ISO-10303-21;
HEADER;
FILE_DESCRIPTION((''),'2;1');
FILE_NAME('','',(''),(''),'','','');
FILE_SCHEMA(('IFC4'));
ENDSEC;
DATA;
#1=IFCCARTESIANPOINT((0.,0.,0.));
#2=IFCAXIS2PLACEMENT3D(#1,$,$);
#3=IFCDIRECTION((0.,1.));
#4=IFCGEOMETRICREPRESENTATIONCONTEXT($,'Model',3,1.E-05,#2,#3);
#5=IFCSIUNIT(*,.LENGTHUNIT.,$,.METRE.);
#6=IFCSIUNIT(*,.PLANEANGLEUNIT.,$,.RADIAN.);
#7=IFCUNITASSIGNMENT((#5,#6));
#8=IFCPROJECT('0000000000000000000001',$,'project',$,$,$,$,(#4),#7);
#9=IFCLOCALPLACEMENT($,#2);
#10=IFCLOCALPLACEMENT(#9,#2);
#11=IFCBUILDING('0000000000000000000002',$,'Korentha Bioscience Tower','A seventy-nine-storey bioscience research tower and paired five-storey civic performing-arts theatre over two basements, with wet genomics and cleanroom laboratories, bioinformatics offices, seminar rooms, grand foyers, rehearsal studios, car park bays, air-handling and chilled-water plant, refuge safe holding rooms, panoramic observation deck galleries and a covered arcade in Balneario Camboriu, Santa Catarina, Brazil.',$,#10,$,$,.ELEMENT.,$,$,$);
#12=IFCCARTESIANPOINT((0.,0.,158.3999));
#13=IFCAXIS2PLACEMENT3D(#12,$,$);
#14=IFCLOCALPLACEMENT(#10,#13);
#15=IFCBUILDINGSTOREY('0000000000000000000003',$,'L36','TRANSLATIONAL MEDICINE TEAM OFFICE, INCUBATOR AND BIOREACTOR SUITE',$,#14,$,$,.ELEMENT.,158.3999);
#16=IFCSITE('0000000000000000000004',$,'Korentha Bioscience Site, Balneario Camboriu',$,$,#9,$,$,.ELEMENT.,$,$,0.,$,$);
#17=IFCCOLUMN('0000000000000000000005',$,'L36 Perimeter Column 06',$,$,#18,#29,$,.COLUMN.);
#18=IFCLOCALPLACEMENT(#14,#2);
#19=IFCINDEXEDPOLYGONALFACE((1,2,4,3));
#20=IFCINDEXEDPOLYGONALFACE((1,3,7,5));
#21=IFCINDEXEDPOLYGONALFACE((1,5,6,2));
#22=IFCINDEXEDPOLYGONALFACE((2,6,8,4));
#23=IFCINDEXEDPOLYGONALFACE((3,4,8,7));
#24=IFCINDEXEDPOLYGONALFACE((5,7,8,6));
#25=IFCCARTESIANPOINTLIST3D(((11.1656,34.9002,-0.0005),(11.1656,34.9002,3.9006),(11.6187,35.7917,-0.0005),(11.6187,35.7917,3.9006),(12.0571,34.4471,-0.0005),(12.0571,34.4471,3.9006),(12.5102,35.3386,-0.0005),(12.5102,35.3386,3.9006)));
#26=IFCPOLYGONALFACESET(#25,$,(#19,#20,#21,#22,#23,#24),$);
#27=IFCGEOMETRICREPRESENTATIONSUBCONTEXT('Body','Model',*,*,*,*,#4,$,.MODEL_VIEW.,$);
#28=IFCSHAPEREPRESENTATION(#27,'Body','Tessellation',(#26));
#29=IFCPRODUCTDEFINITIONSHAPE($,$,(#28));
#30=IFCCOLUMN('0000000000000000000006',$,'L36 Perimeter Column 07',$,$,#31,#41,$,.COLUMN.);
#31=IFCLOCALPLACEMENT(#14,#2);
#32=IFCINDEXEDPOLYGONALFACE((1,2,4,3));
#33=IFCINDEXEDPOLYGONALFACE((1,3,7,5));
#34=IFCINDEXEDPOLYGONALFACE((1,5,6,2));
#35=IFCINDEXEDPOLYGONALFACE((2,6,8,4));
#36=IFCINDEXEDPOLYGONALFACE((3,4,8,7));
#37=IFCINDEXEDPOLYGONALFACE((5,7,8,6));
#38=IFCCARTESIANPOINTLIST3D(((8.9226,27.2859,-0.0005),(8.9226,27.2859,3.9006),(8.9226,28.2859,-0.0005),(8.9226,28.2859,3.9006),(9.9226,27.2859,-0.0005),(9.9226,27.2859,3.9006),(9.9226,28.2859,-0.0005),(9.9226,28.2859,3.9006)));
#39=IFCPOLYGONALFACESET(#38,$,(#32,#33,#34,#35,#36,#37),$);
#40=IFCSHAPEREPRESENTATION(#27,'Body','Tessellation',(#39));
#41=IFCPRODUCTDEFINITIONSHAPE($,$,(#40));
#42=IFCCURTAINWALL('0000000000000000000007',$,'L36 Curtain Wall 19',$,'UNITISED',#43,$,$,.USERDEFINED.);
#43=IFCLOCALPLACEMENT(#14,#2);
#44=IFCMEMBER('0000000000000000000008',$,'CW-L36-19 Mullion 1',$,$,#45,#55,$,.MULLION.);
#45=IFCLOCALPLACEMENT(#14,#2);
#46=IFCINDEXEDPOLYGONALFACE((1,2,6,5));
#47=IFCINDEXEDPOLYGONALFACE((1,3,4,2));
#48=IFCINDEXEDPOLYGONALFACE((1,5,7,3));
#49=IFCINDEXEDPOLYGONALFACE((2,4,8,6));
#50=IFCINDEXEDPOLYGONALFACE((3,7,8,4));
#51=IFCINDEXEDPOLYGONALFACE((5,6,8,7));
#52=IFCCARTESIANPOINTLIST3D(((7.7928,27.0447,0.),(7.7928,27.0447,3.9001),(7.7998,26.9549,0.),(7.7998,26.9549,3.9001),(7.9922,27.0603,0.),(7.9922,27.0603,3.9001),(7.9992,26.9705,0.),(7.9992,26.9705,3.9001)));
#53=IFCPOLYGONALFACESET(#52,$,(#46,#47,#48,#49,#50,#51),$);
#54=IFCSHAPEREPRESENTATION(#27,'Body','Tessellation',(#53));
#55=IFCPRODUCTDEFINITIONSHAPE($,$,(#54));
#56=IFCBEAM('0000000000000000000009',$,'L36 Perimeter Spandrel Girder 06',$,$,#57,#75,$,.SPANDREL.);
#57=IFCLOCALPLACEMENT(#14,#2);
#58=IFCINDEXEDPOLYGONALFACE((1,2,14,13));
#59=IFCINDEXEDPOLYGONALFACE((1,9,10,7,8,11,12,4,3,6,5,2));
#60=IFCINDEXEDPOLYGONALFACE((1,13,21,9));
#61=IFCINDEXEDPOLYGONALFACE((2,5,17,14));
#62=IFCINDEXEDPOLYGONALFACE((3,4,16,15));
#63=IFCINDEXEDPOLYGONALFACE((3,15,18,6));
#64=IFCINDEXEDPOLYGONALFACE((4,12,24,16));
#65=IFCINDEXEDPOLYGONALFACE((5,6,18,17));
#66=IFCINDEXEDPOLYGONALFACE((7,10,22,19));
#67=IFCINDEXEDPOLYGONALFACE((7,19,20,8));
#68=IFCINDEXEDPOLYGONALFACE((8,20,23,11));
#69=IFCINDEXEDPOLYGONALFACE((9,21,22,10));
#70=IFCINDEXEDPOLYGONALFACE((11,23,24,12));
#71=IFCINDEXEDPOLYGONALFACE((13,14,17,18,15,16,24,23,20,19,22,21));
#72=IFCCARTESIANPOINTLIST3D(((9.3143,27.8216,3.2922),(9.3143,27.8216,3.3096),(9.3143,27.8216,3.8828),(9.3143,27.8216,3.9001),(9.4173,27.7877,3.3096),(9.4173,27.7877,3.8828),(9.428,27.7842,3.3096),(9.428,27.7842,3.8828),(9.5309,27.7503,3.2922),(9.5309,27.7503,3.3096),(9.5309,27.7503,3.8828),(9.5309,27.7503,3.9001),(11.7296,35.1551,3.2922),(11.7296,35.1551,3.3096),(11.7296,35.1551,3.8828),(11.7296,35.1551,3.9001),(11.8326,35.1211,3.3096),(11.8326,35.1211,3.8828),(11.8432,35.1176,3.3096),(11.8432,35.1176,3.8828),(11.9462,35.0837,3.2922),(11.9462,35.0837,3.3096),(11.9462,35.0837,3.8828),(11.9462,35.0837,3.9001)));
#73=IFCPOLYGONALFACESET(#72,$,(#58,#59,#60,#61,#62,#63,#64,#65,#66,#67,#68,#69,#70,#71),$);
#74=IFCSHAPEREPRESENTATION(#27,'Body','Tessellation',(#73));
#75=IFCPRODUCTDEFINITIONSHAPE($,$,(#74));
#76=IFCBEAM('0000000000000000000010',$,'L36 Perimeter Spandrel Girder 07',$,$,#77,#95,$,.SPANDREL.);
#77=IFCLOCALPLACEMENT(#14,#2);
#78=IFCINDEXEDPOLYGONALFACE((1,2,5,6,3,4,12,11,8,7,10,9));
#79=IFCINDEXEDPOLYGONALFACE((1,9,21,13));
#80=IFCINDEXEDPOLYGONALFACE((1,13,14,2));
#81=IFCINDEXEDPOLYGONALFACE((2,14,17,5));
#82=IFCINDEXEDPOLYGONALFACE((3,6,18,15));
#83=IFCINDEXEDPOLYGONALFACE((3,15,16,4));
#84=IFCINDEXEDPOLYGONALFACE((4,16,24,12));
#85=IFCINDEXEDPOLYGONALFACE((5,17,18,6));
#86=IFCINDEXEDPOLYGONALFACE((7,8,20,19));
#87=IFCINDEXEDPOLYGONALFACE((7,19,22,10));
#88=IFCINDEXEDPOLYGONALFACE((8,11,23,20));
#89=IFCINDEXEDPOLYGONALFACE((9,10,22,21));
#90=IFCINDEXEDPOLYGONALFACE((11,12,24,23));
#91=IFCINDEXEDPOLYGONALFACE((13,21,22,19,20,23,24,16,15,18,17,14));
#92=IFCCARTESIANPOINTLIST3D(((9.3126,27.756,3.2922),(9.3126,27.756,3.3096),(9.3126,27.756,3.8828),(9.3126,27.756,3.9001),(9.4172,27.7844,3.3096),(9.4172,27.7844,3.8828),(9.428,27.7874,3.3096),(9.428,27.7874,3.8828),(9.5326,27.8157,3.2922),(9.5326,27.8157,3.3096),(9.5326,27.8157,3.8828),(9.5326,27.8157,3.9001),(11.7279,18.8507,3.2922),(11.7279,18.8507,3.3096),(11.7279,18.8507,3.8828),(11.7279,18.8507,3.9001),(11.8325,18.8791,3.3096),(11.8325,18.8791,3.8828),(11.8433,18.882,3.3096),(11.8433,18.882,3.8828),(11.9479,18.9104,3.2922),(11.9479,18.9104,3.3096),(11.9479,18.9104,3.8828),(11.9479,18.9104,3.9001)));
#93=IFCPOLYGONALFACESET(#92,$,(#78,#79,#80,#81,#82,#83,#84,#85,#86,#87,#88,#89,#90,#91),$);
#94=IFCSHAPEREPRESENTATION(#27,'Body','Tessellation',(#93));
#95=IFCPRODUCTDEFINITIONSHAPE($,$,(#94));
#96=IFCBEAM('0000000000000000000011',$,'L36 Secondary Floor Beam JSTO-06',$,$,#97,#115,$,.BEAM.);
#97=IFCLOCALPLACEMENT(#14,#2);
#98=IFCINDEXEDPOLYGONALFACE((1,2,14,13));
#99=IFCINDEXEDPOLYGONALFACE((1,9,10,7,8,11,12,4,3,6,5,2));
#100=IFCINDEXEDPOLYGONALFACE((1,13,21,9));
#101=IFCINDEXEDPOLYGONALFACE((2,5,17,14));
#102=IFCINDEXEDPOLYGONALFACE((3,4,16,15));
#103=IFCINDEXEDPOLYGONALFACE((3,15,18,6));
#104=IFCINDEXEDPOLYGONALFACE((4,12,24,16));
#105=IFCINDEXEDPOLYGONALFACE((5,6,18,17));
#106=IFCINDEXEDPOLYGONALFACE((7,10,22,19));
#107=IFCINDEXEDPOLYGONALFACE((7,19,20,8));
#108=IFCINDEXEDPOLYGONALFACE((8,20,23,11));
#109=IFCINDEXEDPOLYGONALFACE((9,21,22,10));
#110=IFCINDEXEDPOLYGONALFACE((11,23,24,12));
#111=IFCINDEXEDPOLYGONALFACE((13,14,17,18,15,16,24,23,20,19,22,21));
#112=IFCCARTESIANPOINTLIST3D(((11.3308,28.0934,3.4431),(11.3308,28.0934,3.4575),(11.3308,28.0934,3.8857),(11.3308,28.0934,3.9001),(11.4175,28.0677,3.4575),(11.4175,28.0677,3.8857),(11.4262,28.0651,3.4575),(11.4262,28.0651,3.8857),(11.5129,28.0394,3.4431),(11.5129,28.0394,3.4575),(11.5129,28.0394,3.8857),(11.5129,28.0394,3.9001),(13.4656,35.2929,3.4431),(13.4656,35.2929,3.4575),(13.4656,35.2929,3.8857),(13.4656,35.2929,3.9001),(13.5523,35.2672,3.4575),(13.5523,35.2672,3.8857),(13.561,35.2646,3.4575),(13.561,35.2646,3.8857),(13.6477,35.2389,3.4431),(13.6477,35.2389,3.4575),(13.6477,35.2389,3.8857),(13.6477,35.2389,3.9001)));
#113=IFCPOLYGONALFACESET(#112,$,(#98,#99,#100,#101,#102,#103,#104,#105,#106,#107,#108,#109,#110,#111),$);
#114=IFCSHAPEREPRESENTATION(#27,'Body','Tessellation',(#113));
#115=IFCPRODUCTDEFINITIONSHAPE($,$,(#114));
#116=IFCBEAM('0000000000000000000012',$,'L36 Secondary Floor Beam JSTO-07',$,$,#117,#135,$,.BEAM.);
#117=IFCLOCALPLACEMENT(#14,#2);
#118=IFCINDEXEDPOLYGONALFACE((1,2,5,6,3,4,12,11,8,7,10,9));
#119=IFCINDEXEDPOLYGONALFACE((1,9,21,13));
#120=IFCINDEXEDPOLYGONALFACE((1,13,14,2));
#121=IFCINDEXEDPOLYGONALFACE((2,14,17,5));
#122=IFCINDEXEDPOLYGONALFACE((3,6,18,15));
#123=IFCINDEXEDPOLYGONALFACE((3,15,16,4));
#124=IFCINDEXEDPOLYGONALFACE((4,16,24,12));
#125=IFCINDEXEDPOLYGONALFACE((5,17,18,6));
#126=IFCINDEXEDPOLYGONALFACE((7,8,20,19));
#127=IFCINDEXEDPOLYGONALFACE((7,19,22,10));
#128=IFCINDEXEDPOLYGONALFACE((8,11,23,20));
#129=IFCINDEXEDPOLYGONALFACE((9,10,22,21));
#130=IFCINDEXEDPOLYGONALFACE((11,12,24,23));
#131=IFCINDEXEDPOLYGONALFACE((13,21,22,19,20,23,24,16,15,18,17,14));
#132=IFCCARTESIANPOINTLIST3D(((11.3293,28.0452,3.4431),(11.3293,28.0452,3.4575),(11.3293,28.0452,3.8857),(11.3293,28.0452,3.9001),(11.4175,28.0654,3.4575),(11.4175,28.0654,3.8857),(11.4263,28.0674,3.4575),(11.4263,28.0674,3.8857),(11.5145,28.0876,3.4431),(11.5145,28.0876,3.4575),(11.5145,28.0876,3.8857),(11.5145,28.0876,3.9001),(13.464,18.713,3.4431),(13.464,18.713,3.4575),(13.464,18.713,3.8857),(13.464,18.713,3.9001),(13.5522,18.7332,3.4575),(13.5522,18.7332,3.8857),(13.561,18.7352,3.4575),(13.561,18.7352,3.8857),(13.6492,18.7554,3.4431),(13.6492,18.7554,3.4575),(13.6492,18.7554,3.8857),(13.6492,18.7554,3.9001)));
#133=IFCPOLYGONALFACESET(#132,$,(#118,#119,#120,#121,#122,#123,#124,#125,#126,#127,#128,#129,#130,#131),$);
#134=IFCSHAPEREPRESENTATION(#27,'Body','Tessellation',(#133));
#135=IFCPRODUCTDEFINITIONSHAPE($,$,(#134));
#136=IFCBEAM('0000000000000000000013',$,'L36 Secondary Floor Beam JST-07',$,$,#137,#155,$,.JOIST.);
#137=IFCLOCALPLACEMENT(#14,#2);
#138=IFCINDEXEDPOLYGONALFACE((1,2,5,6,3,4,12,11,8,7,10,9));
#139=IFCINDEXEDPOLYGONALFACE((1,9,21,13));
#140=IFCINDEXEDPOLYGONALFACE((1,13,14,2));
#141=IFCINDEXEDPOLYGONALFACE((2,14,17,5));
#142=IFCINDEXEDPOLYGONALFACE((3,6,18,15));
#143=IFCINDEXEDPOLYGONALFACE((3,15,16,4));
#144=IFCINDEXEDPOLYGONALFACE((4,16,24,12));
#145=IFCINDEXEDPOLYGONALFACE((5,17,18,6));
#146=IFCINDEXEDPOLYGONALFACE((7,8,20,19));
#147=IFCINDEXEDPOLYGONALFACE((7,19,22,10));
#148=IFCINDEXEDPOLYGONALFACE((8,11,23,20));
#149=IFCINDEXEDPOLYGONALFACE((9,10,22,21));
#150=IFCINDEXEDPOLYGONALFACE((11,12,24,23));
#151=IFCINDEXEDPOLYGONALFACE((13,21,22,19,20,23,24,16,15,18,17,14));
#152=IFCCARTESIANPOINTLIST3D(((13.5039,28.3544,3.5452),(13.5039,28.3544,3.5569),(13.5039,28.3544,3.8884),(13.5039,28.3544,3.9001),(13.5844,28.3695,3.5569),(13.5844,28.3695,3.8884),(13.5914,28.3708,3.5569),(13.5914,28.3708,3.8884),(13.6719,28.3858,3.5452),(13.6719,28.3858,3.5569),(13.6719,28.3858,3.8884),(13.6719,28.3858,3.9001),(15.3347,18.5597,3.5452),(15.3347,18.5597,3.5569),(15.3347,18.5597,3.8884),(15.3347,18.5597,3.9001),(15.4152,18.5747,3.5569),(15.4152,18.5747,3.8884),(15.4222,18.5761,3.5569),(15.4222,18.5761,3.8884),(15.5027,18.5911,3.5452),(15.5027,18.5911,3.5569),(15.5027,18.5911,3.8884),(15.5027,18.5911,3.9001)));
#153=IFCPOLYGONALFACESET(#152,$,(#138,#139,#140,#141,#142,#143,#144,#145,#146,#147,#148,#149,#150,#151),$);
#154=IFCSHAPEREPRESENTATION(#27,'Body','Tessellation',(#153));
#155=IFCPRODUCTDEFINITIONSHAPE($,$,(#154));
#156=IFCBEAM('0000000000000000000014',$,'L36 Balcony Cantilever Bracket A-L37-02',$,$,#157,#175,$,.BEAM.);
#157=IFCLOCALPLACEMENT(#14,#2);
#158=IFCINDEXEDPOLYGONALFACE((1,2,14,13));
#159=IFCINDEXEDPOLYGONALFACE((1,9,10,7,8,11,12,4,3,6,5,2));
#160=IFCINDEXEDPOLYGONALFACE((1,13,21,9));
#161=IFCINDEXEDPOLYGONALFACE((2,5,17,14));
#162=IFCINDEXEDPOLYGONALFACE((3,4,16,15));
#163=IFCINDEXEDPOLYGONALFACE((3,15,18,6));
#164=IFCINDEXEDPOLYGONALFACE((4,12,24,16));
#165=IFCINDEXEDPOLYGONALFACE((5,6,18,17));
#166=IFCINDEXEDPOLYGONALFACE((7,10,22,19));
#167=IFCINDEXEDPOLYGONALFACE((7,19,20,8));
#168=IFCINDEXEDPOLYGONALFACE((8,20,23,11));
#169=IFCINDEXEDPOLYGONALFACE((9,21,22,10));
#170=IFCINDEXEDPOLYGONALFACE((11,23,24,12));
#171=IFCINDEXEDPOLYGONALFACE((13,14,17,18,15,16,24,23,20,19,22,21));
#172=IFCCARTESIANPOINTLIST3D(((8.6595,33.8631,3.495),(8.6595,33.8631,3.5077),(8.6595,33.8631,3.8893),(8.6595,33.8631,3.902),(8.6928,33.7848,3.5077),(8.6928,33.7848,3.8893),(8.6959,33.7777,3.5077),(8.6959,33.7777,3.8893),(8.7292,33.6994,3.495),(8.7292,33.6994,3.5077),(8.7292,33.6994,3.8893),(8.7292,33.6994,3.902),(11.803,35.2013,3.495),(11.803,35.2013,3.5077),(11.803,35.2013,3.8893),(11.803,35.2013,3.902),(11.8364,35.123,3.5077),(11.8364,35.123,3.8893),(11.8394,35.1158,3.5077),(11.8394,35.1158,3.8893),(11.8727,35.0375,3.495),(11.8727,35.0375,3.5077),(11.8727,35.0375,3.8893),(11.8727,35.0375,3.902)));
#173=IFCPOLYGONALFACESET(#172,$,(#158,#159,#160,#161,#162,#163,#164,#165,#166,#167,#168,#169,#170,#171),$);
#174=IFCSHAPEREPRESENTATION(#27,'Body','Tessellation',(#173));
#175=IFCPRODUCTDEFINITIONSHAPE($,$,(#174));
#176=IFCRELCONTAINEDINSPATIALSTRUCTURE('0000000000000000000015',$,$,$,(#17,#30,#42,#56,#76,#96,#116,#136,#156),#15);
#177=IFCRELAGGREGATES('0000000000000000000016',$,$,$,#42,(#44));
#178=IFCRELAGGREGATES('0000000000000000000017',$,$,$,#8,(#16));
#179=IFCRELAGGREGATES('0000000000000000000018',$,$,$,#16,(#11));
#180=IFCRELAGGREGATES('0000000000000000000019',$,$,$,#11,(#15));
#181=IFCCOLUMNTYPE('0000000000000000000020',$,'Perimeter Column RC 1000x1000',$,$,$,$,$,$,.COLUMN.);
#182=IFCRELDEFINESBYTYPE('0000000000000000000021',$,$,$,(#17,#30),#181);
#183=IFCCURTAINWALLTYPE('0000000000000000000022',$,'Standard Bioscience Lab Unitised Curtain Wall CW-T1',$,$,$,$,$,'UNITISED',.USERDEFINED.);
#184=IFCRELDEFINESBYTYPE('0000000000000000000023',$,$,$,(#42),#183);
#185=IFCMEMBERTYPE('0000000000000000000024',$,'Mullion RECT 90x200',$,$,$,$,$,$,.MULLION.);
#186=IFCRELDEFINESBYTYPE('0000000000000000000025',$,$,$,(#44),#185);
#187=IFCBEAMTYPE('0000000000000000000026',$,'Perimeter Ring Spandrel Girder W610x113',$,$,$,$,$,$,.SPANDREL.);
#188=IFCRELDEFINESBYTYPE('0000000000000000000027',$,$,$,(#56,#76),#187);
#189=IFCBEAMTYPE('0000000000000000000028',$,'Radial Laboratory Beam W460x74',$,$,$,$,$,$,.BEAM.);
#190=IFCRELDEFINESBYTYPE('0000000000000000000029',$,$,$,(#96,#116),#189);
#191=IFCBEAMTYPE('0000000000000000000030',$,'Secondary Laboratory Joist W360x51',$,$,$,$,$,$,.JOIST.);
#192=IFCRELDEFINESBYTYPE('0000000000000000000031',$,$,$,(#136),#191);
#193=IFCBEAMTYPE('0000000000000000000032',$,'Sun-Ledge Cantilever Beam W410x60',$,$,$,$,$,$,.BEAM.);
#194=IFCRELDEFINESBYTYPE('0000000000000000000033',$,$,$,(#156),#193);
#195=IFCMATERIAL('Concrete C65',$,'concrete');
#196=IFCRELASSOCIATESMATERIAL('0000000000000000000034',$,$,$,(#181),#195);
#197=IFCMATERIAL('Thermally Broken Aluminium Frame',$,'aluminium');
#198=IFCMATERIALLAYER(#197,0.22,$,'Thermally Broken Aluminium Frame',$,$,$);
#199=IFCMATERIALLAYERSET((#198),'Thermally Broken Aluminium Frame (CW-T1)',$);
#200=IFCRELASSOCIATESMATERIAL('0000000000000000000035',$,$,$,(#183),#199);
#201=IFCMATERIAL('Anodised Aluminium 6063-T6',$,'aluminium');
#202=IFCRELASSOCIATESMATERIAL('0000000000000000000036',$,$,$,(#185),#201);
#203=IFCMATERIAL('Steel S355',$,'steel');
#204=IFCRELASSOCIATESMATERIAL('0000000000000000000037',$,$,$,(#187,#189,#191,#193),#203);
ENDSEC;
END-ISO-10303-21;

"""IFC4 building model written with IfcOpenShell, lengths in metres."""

from ifc_helpers import new_model, si_unit, direction, frame, origin, origin_2d, place, context, subcontext, project, spatial, rectangle, i_section, extrude, material, layer, layer_set, material_profile, profile_set, type_object, element, aggregate, save


model = new_model("IFC4")

# Units and contexts
model_context = context("Model", 3, precision=1e-05, world=origin(), true_north=direction((0.0, 1.0)))
body_context = subcontext(model_context, "Body", "Model", "MODEL_VIEW")
ifc_project = project(units=[si_unit("LENGTHUNIT", "METRE"), si_unit("PLANEANGLEUNIT", "RADIAN")], contexts=[model_context])

# Site, building, storey
site_placement = place(None, origin())
site = spatial("IfcSite", under=ifc_project, at=site_placement, Name="Korentha Bioscience Site, Balneario Camboriu", CompositionType="ELEMENT", RefElevation=0.0)
building_placement = place(site_placement, origin())
building = spatial("IfcBuilding", under=site, at=building_placement, Name="Korentha Bioscience Tower", Description="A seventy-nine-storey bioscience research tower and paired five-storey civic performing-arts theatre over two basements, with wet genomics and cleanroom laboratories, bioinformatics offices, seminar rooms, grand foyers, rehearsal studios, car park bays, air-handling and chilled-water plant, refuge safe holding rooms, panoramic observation deck galleries and a covered arcade in Balneario Camboriu, Santa Catarina, Brazil.", CompositionType="ELEMENT")
storey_placement = place(building_placement, frame((0.0, 0.0, 158.3999)))
storey = spatial("IfcBuildingStorey", under=building, at=storey_placement, Name="L36", Description="TRANSLATIONAL MEDICINE TEAM OFFICE, INCUBATOR AND BIOREACTOR SUITE", CompositionType="ELEMENT", Elevation=158.3999)

# Columns
ifc_material_1 = material(Name="Concrete C65", Category="concrete")
ifc_material_profile_1 = material_profile(ifc_material_1, rectangle(XDim=1.0, YDim=1.0, at=origin_2d()), Name="Concrete C65")
ifc_profile_set_1 = profile_set([ifc_material_profile_1], Name="Concrete C65 (COL-P10)")
column_type = type_object("IfcColumnType", Name="Perimeter Column RC 1000x1000", PredefinedType="COLUMN", material=ifc_profile_set_1)
for number, where, z_axis, x_axis, name in (
    (1, (11.8379, 35.1194, -0.0005), (0.0, 0.0, 1.0), (0.453057, 0.891481, 0.0), "L36 Perimeter Column 06"),
    (2, (9.4226, 27.7859, -0.0005), (0.0, 0.0, 1.0), (0.0, 1.0, 0.0), "L36 Perimeter Column 07"),
):
    element("IfcColumn", number, at=place(storey_placement, frame(where, z_axis=z_axis, x_axis=x_axis)), inside=storey, type_object=column_type, Name=name, PredefinedType="COLUMN", context=body_context, shape_type="SweptSolid", body=[
        extrude(rectangle(XDim=1.0, YDim=1.0, at=origin_2d()), origin(), (0.0, 0.0, 1.0), 3.9011),
    ])

# Curtain wall, member
ifc_material_2 = material(Name="Thermally Broken Aluminium Frame", Category="aluminium")
ifc_layer_1 = layer(ifc_material_2, 0.22, Name="Thermally Broken Aluminium Frame")
ifc_layer_set_1 = layer_set([ifc_layer_1], Name="Thermally Broken Aluminium Frame (CW-T1)")
curtain_wall_type = type_object("IfcCurtainWallType", Name="Standard Bioscience Lab Unitised Curtain Wall CW-T1", ElementType="UNITISED", PredefinedType="USERDEFINED", material=ifc_layer_set_1)
curtain_wall_placement = place(storey_placement, origin())
curtain_wall = element("IfcCurtainWall", 3, at=curtain_wall_placement, inside=storey, type_object=curtain_wall_type, Name="L36 Curtain Wall 19", ObjectType="UNITISED", PredefinedType="USERDEFINED")
ifc_material_3 = material(Name="Anodised Aluminium 6063-T6", Category="aluminium")
ifc_material_profile_2 = material_profile(ifc_material_3, rectangle(XDim=0.0901, YDim=0.2, at=origin_2d()), Name="Anodised Aluminium 6063-T6")
ifc_profile_set_2 = profile_set([ifc_material_profile_2], Name="Anodised Aluminium 6063-T6 (CW-MUL)")
member_type_1 = type_object("IfcMemberType", Name="Mullion RECT 90x200", PredefinedType="MULLION", material=ifc_profile_set_2)
member_1_placement = place(storey_placement, frame((7.896, 27.0076, 0.0), z_axis=(0.0, 0.0, 1.0), x_axis=(0.078031, -0.996951, 0.0)))
member_1 = element("IfcMember", 4, at=member_1_placement, type_object=member_type_1, Name="CW-L36-19 Mullion 1", PredefinedType="MULLION", context=body_context, shape_type="SweptSolid", body=[
    extrude(rectangle(XDim=0.0901, YDim=0.2, at=origin_2d()), origin(), (0.0, 0.0, 1.0), 3.9001),
])

# Beams
ifc_material_4 = material(Name="Steel S355", Category="steel")
ifc_material_profile_3 = material_profile(ifc_material_4, i_section(OverallWidth=0.228, OverallDepth=0.6079, WebThickness=0.0112, FlangeThickness=0.0173, at=origin_2d()), Name="Steel S355")
ifc_profile_set_3 = profile_set([ifc_material_profile_3], Name="Steel S355 (SB-610)")
beam_type_1 = type_object("IfcBeamType", Name="Perimeter Ring Spandrel Girder W610x113", PredefinedType="SPANDREL", material=ifc_profile_set_3)
beam_1_placement = place(storey_placement, frame((11.8379, 35.1194, 3.5962), z_axis=(-0.31282, -0.949812, 0.0), x_axis=(0.949812, -0.31282, 0.0)))
element("IfcBeam", 5, at=beam_1_placement, inside=storey, type_object=beam_type_1, Name="L36 Perimeter Spandrel Girder 06", PredefinedType="SPANDREL", context=body_context, shape_type="SweptSolid", body=[
    extrude(i_section(OverallWidth=0.228, OverallDepth=0.6079, WebThickness=0.0112, FlangeThickness=0.0173, at=origin_2d()), origin(), (0.0, 0.0, 1.0), 7.7209),
])
beam_2_placement = place(storey_placement, frame((9.4226, 27.7859, 3.5962), z_axis=(0.261763, -0.965132, 0.0), x_axis=(0.965132, 0.261763, 0.0)))
element("IfcBeam", 6, at=beam_2_placement, inside=storey, type_object=beam_type_1, Name="L36 Perimeter Spandrel Girder 07", PredefinedType="SPANDREL", context=body_context, shape_type="SweptSolid", body=[
    extrude(i_section(OverallWidth=0.228, OverallDepth=0.6079, WebThickness=0.0112, FlangeThickness=0.0173, at=origin_2d()), origin(), (0.0, 0.0, 1.0), 9.2271),
])
ifc_material_profile_4 = material_profile(ifc_material_4, i_section(OverallWidth=0.1899, OverallDepth=0.457, WebThickness=0.009, FlangeThickness=0.0144, at=origin_2d()), Name="Steel S355")
ifc_profile_set_4 = profile_set([ifc_material_profile_4], Name="Steel S355 (RB-460)")
beam_type_2 = type_object("IfcBeamType", Name="Radial Laboratory Beam W460x74", PredefinedType="BEAM", material=ifc_profile_set_4)
beam_3_placement = place(storey_placement, frame((13.5566, 35.2659, 3.6716), z_axis=(-0.284283, -0.95874, 0.0), x_axis=(0.95874, -0.284283, 0.0)))
element("IfcBeam", 7, at=beam_3_placement, inside=storey, type_object=beam_type_2, Name="L36 Secondary Floor Beam JSTO-06", PredefinedType="BEAM", context=body_context, shape_type="SweptSolid", body=[
    extrude(i_section(OverallWidth=0.1899, OverallDepth=0.457, WebThickness=0.009, FlangeThickness=0.0144, at=origin_2d()), origin(), (0.0, 0.0, 1.0), 7.5093),
])
beam_4_placement = place(storey_placement, frame((11.4219, 28.0664, 3.6716), z_axis=(0.222991, -0.974821, 0.0), x_axis=(0.974821, 0.222991, 0.0)))
element("IfcBeam", 8, at=beam_4_placement, inside=storey, type_object=beam_type_2, Name="L36 Secondary Floor Beam JSTO-07", PredefinedType="BEAM", context=body_context, shape_type="SweptSolid", body=[
    extrude(i_section(OverallWidth=0.1899, OverallDepth=0.457, WebThickness=0.009, FlangeThickness=0.0144, at=origin_2d()), origin(), (0.0, 0.0, 1.0), 9.5732),
])
ifc_material_profile_5 = material_profile(ifc_material_4, i_section(OverallWidth=0.1709, OverallDepth=0.355, WebThickness=0.0071, FlangeThickness=0.0117, at=origin_2d()), Name="Steel S355")
ifc_profile_set_5 = profile_set([ifc_material_profile_5], Name="Steel S355 (JB-360)")
beam_type_3 = type_object("IfcBeamType", Name="Secondary Laboratory Joist W360x51", PredefinedType="JOIST", material=ifc_profile_set_5)
beam_5_placement = place(storey_placement, frame((13.5879, 28.3701, 3.7227), z_axis=(0.183737, -0.982975, 0.0), x_axis=(0.982975, 0.183737, 0.0)))
element("IfcBeam", 9, at=beam_5_placement, inside=storey, type_object=beam_type_3, Name="L36 Secondary Floor Beam JST-07", PredefinedType="JOIST", context=body_context, shape_type="SweptSolid", body=[
    extrude(i_section(OverallWidth=0.1709, OverallDepth=0.355, WebThickness=0.0071, FlangeThickness=0.0117, at=origin_2d()), origin(), (0.0, 0.0, 1.0), 9.9644),
])
ifc_material_profile_6 = material_profile(ifc_material_4, i_section(OverallWidth=0.178, OverallDepth=0.407, WebThickness=0.0078, FlangeThickness=0.0127, at=origin_2d()), Name="Steel S355")
ifc_profile_set_6 = profile_set([ifc_material_profile_6], Name="Steel S355 (CB-410)")
beam_type_4 = type_object("IfcBeamType", Name="Sun-Ledge Cantilever Beam W410x60", PredefinedType="BEAM", material=ifc_profile_set_6)
beam_6_placement = place(storey_placement, frame((11.8379, 35.1194, 3.6985), z_axis=(-0.920107, -0.391667, 0.0), x_axis=(0.391667, -0.920107, 0.0)))
element("IfcBeam", 10, at=beam_6_placement, inside=storey, type_object=beam_type_4, Name="L36 Balcony Cantilever Bracket A-L37-02", PredefinedType="BEAM", context=body_context, shape_type="SweptSolid", body=[
    extrude(i_section(OverallWidth=0.178, OverallDepth=0.407, WebThickness=0.0078, FlangeThickness=0.0127, at=origin_2d()), origin(), (0.0, 0.0, 1.0), 3.4165),
])

aggregate(curtain_wall, [member_1])

save(model, "model.ifc")
